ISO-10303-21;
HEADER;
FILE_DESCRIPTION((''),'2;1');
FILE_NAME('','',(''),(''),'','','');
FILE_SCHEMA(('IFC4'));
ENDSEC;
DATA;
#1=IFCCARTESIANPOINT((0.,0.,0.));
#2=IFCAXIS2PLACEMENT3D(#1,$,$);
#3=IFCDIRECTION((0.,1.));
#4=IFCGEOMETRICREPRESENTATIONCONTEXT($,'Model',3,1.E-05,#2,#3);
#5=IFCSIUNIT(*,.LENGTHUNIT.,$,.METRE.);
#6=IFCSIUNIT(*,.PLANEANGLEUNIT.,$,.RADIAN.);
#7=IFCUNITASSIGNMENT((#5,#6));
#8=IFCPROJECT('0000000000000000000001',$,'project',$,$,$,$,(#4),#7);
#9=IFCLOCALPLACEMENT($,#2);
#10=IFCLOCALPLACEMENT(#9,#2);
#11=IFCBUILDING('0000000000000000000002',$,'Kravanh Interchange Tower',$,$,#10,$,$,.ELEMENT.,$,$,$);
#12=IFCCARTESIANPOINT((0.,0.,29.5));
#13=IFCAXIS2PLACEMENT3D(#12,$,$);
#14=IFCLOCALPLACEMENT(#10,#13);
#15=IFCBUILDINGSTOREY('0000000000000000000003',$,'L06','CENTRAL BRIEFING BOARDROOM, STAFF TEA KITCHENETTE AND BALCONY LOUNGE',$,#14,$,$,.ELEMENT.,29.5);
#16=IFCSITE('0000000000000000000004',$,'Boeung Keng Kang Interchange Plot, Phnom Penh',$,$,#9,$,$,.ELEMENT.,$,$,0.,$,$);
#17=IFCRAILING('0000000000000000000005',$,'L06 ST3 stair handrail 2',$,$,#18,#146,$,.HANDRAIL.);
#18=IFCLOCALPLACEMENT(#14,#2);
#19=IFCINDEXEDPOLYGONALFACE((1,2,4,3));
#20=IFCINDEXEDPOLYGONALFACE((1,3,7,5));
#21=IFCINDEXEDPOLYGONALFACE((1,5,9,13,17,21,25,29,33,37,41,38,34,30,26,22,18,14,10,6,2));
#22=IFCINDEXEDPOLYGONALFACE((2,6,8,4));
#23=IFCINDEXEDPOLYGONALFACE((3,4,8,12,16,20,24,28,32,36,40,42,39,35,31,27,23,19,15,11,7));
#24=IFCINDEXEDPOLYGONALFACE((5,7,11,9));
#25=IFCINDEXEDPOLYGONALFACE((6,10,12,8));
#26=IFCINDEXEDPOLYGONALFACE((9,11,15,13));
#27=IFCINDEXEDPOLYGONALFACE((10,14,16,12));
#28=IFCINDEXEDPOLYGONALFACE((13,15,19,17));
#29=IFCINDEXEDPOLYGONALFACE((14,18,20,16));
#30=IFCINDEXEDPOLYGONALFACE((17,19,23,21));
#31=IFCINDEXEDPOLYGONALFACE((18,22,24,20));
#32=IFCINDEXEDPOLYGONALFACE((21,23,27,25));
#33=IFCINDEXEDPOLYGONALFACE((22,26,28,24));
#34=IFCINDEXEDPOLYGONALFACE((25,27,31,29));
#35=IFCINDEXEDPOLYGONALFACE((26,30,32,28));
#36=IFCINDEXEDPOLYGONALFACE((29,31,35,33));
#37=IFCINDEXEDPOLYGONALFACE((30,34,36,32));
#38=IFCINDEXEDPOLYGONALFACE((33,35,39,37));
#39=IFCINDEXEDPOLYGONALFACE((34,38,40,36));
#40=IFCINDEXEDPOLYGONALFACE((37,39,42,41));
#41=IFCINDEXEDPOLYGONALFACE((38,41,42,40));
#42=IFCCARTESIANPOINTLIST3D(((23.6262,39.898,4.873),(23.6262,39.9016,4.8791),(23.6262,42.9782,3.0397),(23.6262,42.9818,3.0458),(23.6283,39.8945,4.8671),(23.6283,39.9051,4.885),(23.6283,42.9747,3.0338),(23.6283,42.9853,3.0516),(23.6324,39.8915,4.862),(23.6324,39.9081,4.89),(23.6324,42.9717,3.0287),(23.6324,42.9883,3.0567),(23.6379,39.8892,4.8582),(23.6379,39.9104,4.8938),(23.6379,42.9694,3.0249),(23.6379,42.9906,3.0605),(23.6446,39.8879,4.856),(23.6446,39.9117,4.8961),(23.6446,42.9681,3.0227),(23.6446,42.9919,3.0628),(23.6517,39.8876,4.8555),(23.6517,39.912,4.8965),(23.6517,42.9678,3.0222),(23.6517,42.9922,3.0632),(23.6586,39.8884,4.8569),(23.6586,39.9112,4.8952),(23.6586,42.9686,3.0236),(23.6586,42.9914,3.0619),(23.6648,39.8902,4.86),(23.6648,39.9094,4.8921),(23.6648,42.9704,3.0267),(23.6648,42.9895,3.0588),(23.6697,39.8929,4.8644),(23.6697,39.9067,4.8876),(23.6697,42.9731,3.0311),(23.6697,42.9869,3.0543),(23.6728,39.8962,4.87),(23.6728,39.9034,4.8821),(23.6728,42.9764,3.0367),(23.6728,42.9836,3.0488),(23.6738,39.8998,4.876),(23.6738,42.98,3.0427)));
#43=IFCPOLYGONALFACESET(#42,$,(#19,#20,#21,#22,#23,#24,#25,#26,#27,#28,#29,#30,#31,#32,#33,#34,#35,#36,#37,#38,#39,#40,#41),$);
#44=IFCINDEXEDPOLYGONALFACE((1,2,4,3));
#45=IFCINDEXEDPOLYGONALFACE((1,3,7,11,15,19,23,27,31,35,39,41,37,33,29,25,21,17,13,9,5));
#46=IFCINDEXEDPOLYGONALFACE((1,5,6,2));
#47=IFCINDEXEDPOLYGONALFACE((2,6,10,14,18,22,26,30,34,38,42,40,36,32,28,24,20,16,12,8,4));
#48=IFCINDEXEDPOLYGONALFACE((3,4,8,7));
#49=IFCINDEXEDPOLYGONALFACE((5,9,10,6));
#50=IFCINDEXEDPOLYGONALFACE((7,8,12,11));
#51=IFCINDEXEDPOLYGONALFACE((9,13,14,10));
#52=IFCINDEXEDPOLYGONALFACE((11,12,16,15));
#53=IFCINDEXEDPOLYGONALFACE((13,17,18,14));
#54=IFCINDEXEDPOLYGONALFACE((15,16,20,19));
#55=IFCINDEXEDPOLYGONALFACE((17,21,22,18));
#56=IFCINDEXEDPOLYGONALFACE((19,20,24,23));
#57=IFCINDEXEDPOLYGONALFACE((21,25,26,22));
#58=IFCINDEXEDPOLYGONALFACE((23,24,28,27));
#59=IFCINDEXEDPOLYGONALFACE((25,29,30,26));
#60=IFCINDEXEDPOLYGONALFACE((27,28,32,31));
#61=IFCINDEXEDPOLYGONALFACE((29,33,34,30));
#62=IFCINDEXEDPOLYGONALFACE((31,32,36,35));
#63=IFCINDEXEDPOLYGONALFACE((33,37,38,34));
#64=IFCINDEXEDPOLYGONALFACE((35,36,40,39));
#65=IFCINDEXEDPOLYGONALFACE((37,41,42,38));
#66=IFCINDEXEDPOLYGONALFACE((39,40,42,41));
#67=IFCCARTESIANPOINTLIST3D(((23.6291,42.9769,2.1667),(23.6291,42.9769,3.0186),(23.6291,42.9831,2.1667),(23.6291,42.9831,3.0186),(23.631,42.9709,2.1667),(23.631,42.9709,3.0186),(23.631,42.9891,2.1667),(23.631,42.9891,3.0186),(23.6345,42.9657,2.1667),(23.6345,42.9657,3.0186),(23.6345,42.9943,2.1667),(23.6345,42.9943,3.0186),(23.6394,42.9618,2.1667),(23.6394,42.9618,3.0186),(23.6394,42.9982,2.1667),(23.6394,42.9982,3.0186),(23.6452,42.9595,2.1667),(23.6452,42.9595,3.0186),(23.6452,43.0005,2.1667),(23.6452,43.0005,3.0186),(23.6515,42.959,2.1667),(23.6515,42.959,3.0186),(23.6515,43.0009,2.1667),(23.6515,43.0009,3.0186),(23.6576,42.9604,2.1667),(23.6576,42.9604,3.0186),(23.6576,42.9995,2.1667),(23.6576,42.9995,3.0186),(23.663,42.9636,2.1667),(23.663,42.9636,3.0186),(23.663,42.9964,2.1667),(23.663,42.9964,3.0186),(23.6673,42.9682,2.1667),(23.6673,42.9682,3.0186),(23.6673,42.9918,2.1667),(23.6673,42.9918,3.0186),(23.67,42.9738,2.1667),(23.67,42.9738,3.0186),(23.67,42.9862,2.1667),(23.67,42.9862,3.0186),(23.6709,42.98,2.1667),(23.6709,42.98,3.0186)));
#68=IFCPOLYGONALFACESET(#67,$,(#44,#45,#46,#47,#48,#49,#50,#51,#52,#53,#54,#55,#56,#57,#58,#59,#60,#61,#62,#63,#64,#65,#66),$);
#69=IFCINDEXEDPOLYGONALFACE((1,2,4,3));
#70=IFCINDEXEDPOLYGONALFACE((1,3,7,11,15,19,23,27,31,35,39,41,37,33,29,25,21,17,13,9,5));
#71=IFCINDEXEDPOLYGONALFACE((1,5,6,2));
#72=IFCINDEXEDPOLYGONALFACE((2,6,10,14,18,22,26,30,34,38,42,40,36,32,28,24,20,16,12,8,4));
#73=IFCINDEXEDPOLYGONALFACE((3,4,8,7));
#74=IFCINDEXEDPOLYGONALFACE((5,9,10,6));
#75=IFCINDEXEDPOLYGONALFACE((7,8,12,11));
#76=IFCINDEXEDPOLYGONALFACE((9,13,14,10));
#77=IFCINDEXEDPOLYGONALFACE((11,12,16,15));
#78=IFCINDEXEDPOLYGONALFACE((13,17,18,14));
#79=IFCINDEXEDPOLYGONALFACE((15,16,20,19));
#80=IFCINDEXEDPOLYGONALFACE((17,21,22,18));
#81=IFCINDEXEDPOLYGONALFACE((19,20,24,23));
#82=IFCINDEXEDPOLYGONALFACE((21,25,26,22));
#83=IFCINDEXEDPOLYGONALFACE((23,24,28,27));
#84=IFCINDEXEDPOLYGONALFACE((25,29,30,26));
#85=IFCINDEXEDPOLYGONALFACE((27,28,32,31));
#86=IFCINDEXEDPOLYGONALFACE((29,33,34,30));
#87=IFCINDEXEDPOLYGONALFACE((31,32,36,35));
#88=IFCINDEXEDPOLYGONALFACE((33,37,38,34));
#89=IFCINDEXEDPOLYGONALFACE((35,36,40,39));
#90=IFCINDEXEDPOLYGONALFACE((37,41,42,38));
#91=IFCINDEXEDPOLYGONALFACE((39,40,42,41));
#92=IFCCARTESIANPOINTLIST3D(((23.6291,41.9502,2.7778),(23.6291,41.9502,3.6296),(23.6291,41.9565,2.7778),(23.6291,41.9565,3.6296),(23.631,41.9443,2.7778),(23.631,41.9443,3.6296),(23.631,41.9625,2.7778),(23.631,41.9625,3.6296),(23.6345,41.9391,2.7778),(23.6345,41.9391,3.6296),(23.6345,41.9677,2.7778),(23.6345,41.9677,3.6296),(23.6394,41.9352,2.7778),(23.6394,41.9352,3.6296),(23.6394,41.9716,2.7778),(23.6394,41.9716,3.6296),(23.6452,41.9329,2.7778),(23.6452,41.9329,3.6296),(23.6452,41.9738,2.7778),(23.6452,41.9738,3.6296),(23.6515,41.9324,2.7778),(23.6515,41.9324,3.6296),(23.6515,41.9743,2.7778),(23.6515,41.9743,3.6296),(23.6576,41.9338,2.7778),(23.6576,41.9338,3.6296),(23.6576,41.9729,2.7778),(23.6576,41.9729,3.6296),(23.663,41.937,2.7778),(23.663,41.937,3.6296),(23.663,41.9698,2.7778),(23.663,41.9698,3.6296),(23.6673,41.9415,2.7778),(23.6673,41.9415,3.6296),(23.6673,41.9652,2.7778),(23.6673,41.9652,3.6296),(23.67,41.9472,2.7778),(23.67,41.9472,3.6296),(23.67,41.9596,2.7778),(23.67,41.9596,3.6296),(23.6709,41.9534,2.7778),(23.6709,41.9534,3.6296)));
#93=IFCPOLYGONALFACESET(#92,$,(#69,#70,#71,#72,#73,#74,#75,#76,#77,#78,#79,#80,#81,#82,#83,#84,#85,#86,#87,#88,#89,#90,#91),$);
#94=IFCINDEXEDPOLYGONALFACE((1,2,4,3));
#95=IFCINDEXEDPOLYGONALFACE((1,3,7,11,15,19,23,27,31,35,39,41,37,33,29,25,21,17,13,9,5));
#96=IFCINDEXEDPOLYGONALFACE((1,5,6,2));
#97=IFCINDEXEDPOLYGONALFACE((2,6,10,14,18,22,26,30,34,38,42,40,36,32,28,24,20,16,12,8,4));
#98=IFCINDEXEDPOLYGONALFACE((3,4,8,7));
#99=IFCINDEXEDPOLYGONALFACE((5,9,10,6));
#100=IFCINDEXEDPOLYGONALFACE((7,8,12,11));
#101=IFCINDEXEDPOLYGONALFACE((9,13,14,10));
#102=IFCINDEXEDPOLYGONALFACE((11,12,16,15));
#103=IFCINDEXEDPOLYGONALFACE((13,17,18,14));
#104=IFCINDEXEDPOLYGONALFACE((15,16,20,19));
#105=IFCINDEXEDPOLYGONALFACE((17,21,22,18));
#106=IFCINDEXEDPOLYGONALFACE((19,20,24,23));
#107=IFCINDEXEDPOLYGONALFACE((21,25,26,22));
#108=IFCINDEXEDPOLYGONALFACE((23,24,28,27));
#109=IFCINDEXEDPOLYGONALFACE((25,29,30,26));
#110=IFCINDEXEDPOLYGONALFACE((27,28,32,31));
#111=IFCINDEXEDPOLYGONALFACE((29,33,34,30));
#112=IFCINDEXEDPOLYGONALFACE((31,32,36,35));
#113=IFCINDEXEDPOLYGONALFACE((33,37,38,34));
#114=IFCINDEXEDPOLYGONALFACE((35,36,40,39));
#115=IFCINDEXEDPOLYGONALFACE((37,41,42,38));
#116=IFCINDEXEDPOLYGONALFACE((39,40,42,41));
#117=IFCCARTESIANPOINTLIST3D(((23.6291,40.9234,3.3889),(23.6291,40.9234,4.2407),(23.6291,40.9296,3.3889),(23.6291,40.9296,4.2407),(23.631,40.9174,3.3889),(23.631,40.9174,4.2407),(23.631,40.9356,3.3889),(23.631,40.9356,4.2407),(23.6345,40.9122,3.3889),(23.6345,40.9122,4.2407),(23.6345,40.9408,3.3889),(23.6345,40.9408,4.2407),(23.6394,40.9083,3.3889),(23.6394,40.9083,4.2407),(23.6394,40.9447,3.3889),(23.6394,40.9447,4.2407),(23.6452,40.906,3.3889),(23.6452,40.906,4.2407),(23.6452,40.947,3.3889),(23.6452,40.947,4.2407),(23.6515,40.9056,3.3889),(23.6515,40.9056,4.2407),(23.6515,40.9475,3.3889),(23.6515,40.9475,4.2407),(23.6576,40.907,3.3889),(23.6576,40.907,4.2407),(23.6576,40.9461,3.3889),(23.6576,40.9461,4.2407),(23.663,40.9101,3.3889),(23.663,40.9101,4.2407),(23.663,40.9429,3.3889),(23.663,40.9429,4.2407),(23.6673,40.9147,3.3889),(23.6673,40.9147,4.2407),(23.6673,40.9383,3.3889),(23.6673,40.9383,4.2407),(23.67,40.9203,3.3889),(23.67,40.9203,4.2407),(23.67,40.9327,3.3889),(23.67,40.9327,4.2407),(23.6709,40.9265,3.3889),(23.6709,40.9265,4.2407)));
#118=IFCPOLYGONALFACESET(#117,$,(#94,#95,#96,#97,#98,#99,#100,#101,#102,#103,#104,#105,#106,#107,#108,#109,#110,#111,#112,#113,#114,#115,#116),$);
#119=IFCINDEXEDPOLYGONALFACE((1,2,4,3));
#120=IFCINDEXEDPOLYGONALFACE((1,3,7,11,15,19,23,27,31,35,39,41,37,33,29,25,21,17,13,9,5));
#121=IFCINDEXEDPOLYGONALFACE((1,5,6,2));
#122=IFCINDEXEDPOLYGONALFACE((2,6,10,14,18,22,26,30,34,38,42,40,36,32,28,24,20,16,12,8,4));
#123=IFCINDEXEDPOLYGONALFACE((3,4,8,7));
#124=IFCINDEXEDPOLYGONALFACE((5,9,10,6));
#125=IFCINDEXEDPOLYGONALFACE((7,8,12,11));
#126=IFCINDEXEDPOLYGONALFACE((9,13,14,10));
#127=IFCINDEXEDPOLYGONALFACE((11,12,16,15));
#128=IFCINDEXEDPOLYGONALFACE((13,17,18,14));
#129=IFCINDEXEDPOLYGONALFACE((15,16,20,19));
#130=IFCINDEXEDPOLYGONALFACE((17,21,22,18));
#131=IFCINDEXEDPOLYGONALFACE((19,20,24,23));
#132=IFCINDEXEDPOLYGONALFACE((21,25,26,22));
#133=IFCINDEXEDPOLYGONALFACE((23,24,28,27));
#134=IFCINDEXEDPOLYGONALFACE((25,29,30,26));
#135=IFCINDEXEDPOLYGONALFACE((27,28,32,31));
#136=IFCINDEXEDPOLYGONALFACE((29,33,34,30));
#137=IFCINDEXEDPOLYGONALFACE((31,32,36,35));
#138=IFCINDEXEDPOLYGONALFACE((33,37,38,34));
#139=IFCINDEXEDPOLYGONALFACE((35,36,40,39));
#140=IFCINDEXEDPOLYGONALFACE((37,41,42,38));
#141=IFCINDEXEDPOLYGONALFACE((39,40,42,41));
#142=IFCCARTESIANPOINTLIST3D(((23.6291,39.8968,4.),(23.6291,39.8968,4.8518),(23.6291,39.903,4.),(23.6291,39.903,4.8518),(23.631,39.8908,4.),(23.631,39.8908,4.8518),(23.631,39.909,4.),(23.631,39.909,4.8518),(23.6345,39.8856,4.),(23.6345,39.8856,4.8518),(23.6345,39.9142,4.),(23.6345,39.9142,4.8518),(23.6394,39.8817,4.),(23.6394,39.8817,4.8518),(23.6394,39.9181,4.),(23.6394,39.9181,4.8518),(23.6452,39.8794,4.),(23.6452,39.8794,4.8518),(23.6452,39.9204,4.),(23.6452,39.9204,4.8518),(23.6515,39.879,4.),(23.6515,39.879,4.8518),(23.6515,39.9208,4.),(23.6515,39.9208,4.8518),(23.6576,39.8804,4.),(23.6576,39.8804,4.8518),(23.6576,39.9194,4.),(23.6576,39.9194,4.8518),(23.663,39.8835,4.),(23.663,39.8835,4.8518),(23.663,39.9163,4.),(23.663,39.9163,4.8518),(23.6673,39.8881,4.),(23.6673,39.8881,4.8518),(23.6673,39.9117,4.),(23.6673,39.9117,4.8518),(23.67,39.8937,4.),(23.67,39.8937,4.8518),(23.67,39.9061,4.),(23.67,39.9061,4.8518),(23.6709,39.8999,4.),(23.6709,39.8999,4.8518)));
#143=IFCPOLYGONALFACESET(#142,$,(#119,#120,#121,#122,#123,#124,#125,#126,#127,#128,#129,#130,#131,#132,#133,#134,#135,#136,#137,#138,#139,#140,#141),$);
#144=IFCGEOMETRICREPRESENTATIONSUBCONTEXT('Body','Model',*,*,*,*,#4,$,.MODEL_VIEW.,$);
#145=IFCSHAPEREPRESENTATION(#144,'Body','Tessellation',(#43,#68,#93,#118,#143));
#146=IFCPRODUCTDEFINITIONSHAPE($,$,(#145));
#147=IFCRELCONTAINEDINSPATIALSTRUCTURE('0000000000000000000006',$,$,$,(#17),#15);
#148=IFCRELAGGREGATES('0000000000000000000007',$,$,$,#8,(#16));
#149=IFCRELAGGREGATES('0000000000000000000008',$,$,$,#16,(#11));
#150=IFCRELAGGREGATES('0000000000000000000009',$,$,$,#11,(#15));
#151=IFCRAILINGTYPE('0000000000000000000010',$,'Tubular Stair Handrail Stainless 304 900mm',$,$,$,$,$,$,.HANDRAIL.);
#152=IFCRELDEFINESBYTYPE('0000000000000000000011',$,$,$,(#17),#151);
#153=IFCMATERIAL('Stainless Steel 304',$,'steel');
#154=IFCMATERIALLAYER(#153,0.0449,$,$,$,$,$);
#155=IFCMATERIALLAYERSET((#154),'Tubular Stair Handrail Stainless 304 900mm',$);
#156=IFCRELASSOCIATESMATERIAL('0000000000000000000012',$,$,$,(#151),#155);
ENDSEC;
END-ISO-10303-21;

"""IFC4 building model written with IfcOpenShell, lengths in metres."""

from ifc_helpers import new_model, si_unit, direction, frame, origin, origin_2d, place, context, subcontext, project, spatial, circle, extrude, material, layer, layer_set, type_object, element, save


model = new_model("IFC4")

# Units and contexts
model_context = context("Model", 3, precision=1e-05, world=origin(), true_north=direction((0.0, 1.0)))
body_context = subcontext(model_context, "Body", "Model", "MODEL_VIEW")
ifc_project = project(units=[si_unit("LENGTHUNIT", "METRE"), si_unit("PLANEANGLEUNIT", "RADIAN")], contexts=[model_context])

# Site, building, storey
site_placement = place(None, origin())
site = spatial("IfcSite", under=ifc_project, at=site_placement, Name="Boeung Keng Kang Interchange Plot, Phnom Penh", CompositionType="ELEMENT", RefElevation=0.0)
building_placement = place(site_placement, origin())
building = spatial("IfcBuilding", under=site, at=building_placement, Name="Kravanh Interchange Tower", CompositionType="ELEMENT")
storey_placement = place(building_placement, frame((0.0, 0.0, 29.5)))
storey = spatial("IfcBuildingStorey", under=building, at=storey_placement, Name="L06", Description="CENTRAL BRIEFING BOARDROOM, STAFF TEA KITCHENETTE AND BALCONY LOUNGE", CompositionType="ELEMENT", Elevation=29.5)

# Railing
ifc_material_1 = material(Name="Stainless Steel 304", Category="steel")
ifc_layer_1 = layer(ifc_material_1, 0.0449)
ifc_layer_set_1 = layer_set([ifc_layer_1], Name="Tubular Stair Handrail Stainless 304 900mm")
railing_type_1 = type_object("IfcRailingType", Name="Tubular Stair Handrail Stainless 304 900mm", PredefinedType="HANDRAIL", material=ifc_layer_set_1)
railing_1_placement = place(storey_placement, frame((23.6499, 42.98, 2.1667)))
element("IfcRailing", 1, at=railing_1_placement, inside=storey, type_object=railing_type_1, Name="L06 ST3 stair handrail 2", PredefinedType="HANDRAIL", context=body_context, shape_type="SweptSolid", body=[
    extrude(circle(Radius=0.0239, at=origin_2d()), frame((0.0, 0.0, 0.876), z_axis=(0.0, -0.859309, 0.511458), x_axis=(1.0, 0.0, 0.0)), (0.0, 0.0, 1.0), 3.5845),
    extrude(circle(Radius=0.021, at=origin_2d()), origin(), (0.0, 0.0, 1.0), 0.8518),
    extrude(circle(Radius=0.021, at=origin_2d()), frame((0.0, -1.0266, 0.6111)), (0.0, 0.0, 1.0), 0.8518),
    extrude(circle(Radius=0.021, at=origin_2d()), frame((0.0, -2.0535, 1.2222)), (0.0, 0.0, 1.0), 0.8518),
    extrude(circle(Radius=0.021, at=origin_2d()), frame((0.0, -3.0801, 1.8333)), (0.0, 0.0, 1.0), 0.8518),
])

save(model, "model.ifc")
